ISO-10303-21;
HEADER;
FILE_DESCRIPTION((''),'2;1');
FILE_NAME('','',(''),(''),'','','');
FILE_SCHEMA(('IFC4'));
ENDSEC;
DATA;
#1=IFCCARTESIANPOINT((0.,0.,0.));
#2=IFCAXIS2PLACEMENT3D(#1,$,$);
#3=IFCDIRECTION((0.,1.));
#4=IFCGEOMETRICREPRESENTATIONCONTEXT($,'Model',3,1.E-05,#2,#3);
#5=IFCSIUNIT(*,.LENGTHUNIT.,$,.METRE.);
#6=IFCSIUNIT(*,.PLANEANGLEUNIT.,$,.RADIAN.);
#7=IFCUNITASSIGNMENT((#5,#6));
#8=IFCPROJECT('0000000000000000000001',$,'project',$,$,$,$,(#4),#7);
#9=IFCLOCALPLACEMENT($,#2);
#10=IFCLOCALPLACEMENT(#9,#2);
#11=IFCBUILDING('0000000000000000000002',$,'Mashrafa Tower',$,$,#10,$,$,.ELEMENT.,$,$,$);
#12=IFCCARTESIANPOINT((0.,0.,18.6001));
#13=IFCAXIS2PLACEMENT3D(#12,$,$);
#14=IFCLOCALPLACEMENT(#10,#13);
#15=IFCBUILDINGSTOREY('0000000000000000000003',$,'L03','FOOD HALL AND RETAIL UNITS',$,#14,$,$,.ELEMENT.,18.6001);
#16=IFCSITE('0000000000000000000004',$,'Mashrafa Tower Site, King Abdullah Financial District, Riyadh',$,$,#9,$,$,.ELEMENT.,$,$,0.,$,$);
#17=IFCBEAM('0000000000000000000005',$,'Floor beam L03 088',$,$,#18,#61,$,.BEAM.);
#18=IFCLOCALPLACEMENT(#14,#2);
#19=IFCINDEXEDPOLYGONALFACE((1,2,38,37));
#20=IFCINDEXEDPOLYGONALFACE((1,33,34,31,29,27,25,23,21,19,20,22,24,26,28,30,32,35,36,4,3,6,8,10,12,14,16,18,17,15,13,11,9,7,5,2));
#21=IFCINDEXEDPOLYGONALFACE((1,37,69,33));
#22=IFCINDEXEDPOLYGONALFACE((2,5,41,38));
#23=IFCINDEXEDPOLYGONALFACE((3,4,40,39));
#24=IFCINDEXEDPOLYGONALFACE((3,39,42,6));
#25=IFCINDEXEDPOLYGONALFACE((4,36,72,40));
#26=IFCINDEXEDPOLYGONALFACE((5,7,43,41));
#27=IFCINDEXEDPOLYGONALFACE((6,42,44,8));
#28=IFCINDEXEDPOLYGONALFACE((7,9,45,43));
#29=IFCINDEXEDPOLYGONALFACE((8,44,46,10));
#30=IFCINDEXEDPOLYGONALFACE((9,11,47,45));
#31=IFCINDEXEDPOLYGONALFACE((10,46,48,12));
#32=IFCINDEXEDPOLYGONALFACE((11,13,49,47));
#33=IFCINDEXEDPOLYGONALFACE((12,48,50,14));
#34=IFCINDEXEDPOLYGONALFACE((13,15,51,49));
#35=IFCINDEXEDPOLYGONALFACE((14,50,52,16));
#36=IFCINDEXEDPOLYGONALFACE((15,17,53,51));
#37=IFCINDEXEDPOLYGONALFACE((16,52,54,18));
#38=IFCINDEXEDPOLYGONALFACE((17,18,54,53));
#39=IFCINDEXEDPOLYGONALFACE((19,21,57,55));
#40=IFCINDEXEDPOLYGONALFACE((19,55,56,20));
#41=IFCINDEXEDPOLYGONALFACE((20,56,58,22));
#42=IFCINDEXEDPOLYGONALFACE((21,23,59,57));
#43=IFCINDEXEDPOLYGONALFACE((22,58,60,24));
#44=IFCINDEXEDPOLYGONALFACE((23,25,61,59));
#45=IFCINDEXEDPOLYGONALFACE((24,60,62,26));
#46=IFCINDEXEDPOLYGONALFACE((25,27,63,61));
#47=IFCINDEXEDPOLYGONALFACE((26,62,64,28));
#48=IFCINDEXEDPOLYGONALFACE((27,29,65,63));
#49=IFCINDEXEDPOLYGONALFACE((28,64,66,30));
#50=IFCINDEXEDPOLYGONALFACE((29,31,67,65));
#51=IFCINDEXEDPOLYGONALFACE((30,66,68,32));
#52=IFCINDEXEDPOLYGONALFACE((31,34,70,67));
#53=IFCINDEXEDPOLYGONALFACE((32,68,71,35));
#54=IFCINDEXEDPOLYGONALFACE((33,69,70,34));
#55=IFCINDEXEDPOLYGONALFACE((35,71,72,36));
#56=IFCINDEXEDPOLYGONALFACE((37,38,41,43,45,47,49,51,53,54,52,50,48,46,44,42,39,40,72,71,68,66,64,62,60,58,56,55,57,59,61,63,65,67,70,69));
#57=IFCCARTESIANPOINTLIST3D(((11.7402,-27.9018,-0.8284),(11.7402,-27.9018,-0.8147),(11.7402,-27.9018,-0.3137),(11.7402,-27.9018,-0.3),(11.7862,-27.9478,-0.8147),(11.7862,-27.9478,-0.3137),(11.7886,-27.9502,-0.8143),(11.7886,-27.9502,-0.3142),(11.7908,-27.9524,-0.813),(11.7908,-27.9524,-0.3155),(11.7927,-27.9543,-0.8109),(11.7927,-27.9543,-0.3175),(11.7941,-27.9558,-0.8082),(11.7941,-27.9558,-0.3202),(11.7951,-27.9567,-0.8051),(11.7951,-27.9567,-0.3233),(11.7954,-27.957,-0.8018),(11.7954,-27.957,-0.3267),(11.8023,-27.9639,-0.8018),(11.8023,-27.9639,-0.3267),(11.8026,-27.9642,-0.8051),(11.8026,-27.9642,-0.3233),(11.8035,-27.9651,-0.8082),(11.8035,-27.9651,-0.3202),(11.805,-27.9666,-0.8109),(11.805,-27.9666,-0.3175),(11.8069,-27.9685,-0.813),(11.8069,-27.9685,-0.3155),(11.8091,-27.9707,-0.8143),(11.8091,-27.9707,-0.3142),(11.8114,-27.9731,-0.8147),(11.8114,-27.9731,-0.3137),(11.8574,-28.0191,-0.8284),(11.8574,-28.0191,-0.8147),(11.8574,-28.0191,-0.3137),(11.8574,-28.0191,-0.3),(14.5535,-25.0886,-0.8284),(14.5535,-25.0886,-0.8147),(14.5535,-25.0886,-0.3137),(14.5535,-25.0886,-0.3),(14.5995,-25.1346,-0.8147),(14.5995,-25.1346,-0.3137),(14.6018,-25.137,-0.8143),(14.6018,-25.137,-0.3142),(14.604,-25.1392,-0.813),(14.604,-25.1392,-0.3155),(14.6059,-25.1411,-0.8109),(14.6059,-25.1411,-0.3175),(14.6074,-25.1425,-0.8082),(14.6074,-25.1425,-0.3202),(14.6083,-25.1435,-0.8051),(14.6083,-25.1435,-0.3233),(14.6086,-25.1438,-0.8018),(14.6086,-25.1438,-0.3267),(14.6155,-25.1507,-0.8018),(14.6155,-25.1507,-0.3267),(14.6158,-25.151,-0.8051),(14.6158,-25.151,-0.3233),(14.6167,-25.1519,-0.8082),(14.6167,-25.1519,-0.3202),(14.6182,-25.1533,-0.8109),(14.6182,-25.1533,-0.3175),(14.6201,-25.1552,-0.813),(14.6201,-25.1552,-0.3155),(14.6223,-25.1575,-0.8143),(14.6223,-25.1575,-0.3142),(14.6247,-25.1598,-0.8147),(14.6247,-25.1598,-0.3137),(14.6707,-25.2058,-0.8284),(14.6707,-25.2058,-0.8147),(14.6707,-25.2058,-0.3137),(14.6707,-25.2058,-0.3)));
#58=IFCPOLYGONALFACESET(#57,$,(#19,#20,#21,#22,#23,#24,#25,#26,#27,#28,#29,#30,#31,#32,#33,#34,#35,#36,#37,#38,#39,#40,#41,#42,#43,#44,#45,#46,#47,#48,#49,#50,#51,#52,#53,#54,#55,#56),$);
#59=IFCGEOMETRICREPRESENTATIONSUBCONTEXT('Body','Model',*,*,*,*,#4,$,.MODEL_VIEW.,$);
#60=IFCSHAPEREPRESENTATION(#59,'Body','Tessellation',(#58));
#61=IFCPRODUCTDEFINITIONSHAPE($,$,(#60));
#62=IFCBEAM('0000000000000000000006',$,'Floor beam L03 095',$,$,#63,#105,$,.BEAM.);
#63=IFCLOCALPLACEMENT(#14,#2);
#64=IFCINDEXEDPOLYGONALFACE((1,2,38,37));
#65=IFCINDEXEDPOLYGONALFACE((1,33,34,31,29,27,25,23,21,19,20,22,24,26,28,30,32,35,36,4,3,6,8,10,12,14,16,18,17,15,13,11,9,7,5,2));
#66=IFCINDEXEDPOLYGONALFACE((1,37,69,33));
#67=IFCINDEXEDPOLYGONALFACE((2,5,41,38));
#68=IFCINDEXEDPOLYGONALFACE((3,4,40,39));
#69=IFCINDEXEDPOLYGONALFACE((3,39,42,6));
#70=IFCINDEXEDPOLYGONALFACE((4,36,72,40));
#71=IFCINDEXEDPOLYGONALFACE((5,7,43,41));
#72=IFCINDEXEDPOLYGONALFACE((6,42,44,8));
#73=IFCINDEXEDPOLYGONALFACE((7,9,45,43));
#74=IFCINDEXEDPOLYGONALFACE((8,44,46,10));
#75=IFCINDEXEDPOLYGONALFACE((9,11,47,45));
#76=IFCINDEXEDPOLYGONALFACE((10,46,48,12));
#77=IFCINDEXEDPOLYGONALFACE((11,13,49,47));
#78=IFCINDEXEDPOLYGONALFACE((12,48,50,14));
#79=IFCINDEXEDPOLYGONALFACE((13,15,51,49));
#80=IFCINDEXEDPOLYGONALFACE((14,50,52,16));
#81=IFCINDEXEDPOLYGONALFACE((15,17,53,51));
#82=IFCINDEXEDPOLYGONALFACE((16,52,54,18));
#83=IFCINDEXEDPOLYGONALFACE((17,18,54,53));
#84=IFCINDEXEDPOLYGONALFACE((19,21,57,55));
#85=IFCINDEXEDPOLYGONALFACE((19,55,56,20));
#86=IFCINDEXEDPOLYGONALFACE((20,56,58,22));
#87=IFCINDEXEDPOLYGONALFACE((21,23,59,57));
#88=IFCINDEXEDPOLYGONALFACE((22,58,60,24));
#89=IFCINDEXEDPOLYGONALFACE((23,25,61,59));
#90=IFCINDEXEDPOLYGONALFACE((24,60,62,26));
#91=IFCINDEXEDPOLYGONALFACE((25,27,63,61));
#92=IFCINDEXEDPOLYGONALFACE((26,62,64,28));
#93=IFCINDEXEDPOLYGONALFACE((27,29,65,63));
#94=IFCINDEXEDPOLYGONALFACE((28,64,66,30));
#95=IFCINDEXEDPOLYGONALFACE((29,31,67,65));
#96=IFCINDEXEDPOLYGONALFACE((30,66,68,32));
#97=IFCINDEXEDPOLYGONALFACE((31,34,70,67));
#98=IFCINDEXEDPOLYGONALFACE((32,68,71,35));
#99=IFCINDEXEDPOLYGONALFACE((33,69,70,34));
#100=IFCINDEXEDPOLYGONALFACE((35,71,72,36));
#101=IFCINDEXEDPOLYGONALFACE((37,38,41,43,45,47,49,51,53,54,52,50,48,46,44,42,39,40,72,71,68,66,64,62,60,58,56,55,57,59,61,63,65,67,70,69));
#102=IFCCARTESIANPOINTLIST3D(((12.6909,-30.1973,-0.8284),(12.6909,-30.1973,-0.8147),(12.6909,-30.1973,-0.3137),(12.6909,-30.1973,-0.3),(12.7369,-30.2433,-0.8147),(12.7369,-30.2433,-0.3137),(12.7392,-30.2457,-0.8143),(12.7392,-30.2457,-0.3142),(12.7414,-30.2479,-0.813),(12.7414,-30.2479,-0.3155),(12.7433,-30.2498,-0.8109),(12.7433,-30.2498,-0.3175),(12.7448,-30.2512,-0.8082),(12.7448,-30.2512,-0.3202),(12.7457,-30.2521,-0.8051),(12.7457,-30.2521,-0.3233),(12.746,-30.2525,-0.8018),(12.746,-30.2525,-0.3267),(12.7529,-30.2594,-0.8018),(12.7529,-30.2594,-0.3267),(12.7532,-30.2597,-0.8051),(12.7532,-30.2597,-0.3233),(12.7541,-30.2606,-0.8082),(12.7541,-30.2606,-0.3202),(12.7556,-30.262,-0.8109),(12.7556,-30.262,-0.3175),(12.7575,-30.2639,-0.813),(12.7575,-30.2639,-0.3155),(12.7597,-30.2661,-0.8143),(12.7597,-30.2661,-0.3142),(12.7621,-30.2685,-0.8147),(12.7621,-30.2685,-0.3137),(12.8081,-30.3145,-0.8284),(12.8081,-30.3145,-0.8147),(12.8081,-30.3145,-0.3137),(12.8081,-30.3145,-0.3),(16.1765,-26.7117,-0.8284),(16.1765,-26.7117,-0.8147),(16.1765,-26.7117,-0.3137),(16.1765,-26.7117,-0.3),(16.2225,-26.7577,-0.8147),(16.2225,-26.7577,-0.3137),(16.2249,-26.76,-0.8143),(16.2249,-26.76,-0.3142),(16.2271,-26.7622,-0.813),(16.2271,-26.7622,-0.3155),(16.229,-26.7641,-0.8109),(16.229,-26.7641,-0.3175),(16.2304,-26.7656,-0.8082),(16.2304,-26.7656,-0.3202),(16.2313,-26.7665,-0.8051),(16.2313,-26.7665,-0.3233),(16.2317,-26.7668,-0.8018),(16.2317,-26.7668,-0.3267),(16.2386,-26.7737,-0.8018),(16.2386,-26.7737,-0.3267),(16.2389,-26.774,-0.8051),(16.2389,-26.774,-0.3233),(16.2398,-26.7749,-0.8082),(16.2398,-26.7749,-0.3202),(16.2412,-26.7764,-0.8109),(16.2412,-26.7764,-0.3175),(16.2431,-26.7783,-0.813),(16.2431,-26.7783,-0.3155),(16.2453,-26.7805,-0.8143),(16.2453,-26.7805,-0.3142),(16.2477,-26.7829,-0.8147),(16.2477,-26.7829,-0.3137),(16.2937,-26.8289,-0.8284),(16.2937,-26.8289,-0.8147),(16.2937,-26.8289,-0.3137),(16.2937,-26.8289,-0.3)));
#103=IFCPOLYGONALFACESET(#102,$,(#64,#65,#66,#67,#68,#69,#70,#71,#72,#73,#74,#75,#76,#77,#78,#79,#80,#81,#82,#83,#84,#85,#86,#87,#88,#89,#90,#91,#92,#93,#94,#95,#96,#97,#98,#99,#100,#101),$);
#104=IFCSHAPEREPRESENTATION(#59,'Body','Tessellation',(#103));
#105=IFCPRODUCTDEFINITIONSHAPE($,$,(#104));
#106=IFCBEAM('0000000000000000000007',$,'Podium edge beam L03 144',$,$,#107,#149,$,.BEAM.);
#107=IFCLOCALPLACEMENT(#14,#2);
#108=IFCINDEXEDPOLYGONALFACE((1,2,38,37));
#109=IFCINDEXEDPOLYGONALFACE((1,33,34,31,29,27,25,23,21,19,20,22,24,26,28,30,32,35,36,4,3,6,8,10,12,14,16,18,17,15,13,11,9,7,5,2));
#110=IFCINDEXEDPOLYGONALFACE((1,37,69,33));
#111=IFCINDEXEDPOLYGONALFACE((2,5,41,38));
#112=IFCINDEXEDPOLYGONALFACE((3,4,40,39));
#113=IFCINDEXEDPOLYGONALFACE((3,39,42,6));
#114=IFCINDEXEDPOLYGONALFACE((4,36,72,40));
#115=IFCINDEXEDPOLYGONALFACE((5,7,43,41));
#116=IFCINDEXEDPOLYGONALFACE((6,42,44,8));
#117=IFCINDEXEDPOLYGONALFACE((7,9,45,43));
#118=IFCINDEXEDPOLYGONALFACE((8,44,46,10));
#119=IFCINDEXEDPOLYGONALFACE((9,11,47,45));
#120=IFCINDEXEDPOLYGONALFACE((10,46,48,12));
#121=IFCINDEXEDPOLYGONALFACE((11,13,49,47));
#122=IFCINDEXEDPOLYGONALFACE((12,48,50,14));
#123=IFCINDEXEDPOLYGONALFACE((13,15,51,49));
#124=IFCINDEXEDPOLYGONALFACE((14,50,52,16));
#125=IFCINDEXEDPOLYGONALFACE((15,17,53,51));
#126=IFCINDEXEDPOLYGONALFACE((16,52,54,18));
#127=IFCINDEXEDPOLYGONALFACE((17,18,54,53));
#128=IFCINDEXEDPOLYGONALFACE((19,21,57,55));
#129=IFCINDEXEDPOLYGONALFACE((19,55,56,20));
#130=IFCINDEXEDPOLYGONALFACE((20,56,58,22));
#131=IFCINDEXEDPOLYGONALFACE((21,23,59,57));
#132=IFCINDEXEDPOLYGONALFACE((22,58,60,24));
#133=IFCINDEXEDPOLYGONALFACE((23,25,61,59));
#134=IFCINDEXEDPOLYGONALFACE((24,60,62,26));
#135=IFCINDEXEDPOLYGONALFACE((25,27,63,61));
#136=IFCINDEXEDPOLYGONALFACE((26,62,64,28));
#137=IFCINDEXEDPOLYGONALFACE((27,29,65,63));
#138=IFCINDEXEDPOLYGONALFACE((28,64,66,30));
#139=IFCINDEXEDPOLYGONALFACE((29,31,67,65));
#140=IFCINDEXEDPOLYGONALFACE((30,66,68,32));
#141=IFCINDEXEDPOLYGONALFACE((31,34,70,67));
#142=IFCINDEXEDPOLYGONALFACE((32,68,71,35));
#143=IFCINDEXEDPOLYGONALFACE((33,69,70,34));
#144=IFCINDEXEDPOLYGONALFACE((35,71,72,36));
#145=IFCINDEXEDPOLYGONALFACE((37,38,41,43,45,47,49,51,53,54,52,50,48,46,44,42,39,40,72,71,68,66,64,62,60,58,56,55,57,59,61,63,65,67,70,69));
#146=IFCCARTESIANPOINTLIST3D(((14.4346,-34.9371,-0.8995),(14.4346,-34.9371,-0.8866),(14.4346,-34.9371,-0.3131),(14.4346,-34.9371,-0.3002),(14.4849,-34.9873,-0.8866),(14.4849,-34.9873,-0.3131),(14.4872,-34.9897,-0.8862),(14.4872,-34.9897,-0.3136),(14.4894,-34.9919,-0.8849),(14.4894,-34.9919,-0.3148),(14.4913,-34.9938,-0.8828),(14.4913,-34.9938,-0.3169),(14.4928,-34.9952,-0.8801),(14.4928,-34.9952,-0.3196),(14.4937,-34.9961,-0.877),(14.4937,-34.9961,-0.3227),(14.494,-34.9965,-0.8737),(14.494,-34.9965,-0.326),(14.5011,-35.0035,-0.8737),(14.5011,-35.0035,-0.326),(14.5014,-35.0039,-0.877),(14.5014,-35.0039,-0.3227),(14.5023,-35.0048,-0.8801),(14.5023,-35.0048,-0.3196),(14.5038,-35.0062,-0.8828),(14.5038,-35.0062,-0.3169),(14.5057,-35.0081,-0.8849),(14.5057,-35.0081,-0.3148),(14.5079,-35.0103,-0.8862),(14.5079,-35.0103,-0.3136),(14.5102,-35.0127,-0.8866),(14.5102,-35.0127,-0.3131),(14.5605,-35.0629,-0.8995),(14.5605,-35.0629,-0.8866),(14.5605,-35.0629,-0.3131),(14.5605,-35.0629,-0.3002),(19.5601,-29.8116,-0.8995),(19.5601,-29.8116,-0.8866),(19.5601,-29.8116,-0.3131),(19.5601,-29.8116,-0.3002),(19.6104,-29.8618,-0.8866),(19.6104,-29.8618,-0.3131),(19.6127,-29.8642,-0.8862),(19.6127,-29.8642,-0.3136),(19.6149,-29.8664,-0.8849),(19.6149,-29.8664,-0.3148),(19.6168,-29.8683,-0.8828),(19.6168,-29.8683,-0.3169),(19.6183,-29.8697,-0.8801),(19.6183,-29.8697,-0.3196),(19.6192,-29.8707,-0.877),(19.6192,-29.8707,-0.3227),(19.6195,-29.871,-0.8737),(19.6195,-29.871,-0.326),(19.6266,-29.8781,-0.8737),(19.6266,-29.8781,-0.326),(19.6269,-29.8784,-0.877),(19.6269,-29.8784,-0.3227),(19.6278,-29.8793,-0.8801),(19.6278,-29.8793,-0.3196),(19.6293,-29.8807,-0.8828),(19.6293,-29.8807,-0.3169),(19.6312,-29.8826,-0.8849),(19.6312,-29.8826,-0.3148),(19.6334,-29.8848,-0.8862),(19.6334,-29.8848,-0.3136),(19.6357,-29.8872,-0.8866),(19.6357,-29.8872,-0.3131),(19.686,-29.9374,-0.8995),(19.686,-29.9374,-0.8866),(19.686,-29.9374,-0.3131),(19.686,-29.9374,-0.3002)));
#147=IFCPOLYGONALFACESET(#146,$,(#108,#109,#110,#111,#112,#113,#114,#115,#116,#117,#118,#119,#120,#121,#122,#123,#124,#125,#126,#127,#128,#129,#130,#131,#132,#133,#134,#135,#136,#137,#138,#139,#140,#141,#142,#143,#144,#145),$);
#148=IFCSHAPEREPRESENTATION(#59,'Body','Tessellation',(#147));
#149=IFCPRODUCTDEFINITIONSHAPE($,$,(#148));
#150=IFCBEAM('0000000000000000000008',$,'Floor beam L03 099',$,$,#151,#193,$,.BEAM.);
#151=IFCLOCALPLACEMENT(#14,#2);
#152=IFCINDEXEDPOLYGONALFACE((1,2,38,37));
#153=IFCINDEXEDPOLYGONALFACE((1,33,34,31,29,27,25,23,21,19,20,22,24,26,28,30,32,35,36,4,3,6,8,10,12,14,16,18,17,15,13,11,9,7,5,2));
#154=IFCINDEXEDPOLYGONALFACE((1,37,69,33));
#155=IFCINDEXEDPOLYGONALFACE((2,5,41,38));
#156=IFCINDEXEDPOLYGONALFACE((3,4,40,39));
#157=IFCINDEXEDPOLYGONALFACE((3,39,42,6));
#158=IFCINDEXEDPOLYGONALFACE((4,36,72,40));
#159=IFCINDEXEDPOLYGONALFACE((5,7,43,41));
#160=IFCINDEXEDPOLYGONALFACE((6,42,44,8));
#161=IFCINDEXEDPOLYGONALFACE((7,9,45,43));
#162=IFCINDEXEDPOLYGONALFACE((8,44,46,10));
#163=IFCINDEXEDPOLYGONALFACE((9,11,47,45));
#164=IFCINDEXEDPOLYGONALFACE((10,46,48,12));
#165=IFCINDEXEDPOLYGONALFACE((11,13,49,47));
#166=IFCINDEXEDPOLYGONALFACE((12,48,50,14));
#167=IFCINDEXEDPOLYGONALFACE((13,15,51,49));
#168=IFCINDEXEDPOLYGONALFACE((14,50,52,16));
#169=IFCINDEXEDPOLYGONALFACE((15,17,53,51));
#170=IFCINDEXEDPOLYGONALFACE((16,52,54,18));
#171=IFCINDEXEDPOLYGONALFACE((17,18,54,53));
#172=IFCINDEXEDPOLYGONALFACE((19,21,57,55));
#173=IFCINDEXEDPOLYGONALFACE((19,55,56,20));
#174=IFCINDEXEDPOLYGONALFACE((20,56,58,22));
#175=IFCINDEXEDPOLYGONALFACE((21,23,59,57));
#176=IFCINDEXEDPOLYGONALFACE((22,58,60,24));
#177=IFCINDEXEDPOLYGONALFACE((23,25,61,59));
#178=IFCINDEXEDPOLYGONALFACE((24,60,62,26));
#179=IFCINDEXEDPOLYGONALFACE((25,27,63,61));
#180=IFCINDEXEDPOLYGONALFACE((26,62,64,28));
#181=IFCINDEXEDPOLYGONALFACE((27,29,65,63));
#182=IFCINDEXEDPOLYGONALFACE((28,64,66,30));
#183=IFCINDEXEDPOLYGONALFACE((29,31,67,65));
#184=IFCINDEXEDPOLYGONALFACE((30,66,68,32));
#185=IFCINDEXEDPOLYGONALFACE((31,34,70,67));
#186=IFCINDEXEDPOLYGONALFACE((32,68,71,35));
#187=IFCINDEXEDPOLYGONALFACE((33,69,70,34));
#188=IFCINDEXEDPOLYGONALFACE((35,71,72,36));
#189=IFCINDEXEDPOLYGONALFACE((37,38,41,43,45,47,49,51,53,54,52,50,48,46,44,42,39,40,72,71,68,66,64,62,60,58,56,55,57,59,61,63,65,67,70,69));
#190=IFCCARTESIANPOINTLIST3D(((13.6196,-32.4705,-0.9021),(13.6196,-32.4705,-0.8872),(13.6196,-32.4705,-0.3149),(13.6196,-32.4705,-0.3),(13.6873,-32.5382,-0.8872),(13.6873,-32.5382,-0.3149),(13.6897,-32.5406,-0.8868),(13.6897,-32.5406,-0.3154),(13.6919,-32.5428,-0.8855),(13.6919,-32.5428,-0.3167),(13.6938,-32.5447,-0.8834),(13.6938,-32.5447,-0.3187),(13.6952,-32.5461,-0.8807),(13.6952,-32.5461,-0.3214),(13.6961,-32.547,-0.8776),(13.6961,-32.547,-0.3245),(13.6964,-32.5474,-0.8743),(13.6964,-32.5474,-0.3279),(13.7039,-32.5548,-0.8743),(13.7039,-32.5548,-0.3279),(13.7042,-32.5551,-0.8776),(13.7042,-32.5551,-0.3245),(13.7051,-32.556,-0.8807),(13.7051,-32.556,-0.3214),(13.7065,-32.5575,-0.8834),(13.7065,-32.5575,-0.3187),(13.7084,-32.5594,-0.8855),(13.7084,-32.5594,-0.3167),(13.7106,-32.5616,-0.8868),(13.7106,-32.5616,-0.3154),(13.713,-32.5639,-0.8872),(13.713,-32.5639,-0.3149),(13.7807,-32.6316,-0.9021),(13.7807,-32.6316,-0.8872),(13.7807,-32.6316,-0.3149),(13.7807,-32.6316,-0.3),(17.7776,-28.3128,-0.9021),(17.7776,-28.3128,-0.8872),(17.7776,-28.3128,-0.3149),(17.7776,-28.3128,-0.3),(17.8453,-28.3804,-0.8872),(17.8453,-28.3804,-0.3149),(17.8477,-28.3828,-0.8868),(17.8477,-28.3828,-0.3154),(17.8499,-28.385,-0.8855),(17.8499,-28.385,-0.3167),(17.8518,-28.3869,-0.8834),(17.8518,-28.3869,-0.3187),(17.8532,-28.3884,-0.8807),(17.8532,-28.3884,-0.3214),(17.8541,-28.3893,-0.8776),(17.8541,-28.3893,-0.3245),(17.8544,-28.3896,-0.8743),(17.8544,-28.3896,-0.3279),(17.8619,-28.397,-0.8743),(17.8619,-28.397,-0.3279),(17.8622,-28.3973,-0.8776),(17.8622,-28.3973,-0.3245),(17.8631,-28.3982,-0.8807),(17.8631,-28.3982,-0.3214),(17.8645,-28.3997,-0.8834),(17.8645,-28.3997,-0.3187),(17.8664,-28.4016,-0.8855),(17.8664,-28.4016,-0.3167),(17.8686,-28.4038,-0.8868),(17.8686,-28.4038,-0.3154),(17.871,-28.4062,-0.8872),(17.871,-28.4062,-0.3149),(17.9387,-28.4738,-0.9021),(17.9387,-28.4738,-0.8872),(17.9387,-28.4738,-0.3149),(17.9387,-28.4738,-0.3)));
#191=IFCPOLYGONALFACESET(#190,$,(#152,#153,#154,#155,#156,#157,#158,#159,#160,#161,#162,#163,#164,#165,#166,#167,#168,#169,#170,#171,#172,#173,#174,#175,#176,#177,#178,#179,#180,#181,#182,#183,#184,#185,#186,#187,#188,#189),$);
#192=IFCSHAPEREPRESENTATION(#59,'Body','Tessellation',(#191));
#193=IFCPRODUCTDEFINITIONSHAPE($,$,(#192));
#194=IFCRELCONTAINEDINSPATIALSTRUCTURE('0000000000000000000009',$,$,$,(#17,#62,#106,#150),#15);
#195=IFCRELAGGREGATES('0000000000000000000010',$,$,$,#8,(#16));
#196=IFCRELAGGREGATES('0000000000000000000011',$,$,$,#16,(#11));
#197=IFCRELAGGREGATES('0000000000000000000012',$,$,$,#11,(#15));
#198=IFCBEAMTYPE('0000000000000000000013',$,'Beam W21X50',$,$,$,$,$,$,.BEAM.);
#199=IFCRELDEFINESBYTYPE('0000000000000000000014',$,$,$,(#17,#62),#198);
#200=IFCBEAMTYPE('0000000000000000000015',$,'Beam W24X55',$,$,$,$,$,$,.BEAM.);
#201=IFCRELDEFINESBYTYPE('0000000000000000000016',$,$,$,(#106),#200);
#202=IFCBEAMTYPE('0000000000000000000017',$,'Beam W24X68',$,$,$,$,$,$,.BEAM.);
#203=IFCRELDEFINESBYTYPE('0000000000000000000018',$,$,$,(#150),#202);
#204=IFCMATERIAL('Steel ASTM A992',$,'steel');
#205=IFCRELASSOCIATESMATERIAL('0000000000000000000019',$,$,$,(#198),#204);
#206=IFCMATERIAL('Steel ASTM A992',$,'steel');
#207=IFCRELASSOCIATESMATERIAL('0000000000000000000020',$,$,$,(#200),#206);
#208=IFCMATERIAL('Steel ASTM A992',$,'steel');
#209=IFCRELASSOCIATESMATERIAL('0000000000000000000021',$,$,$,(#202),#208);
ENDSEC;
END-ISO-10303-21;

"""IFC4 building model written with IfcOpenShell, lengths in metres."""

from ifc_helpers import new_model, si_unit, direction, frame, origin, origin_2d, place, context, subcontext, project, spatial, i_section, extrude, material, material_profile, profile_set, type_object, element, save


model = new_model("IFC4")

# Units and contexts
model_context = context("Model", 3, precision=1e-05, world=origin(), true_north=direction((0.0, 1.0)))
body_context = subcontext(model_context, "Body", "Model", "MODEL_VIEW")
ifc_project = project(units=[si_unit("LENGTHUNIT", "METRE"), si_unit("PLANEANGLEUNIT", "RADIAN")], contexts=[model_context])

# Site, building, storey
site_placement = place(None, origin())
site = spatial("IfcSite", under=ifc_project, at=site_placement, Name="Mashrafa Tower Site, King Abdullah Financial District, Riyadh", CompositionType="ELEMENT", RefElevation=0.0)
building_placement = place(site_placement, origin())
building = spatial("IfcBuilding", under=site, at=building_placement, Name="Mashrafa Tower", CompositionType="ELEMENT")
storey_placement = place(building_placement, frame((0.0, 0.0, 18.6001)))
storey = spatial("IfcBuildingStorey", under=building, at=storey_placement, Name="L03", Description="FOOD HALL AND RETAIL UNITS", CompositionType="ELEMENT", Elevation=18.6001)

# Beams
ifc_material_1 = material(Name="Steel ASTM A992", Category="steel")
ifc_material_profile_1 = material_profile(ifc_material_1, i_section(OverallWidth=0.1658, OverallDepth=0.5283, WebThickness=0.0098, FlangeThickness=0.0137, FilletRadius=0.0129, at=origin_2d()), Name="W21X50")
ifc_profile_set_1 = profile_set([ifc_material_profile_1], Name="Steel ASTM A992")
beam_type_1 = type_object("IfcBeamType", Name="Beam W21X50", PredefinedType="BEAM", material=ifc_profile_set_1)
beam_1_placement = place(storey_placement, frame((14.6121, -25.1472, -0.5642), z_axis=(-0.707107, -0.707107, 0.0), x_axis=(0.707107, -0.707107, 0.0)))
element("IfcBeam", 1, at=beam_1_placement, inside=storey, type_object=beam_type_1, Name="Floor beam L03 088", PredefinedType="BEAM", context=body_context, shape_type="SweptSolid", body=[
    extrude(i_section(OverallWidth=0.1658, OverallDepth=0.5283, WebThickness=0.0098, FlangeThickness=0.0137, FilletRadius=0.0129, at=origin_2d()), origin(), (0.0, 0.0, 1.0), 3.9785),
])
beam_2_placement = place(storey_placement, frame((16.2351, -26.7703, -0.5642), z_axis=(-0.707107, -0.707107, 0.0), x_axis=(0.707107, -0.707107, 0.0)))
element("IfcBeam", 2, at=beam_2_placement, inside=storey, type_object=beam_type_1, Name="Floor beam L03 095", PredefinedType="BEAM", context=body_context, shape_type="SweptSolid", body=[
    extrude(i_section(OverallWidth=0.1658, OverallDepth=0.5283, WebThickness=0.0098, FlangeThickness=0.0137, FilletRadius=0.0129, at=origin_2d()), origin(), (0.0, 0.0, 1.0), 4.9294),
])
ifc_material_2 = material(Name="Steel ASTM A992", Category="steel")
ifc_material_profile_2 = material_profile(ifc_material_2, i_section(OverallWidth=0.178, OverallDepth=0.5994, WebThickness=0.01, FlangeThickness=0.0129, FilletRadius=0.0129, at=origin_2d()), Name="W24X55")
ifc_profile_set_2 = profile_set([ifc_material_profile_2], Name="Steel ASTM A992")
beam_type_2 = type_object("IfcBeamType", Name="Beam W24X55", PredefinedType="BEAM", material=ifc_profile_set_2)
beam_3_placement = place(storey_placement, frame((14.4976, -35.0, -0.5999), z_axis=(0.707107, 0.707107, 0.0), x_axis=(-0.707107, 0.707107, 0.0)))
element("IfcBeam", 3, at=beam_3_placement, inside=storey, type_object=beam_type_2, Name="Podium edge beam L03 144", PredefinedType="BEAM", context=body_context, shape_type="SweptSolid", body=[
    extrude(i_section(OverallWidth=0.178, OverallDepth=0.5994, WebThickness=0.01, FlangeThickness=0.0129, FilletRadius=0.0129, at=origin_2d()), origin(), (0.0, 0.0, 1.0), 7.2485),
])
ifc_material_3 = material(Name="Steel ASTM A992", Category="steel")
ifc_material_profile_3 = material_profile(ifc_material_3, i_section(OverallWidth=0.2278, OverallDepth=0.6021, WebThickness=0.0105, FlangeThickness=0.0149, FilletRadius=0.0129, at=origin_2d()), Name="W24X68")
ifc_profile_set_3 = profile_set([ifc_material_profile_3], Name="Steel ASTM A992")
beam_type_3 = type_object("IfcBeamType", Name="Beam W24X68", PredefinedType="BEAM", material=ifc_profile_set_3)
beam_4_placement = place(storey_placement, frame((17.8582, -28.3933, -0.6011), z_axis=(-0.707128, -0.707086, 0.0), x_axis=(0.707086, -0.707128, 0.0)))
element("IfcBeam", 4, at=beam_4_placement, inside=storey, type_object=beam_type_3, Name="Floor beam L03 099", PredefinedType="BEAM", context=body_context, shape_type="SweptSolid", body=[
    extrude(i_section(OverallWidth=0.2278, OverallDepth=0.6021, WebThickness=0.0105, FlangeThickness=0.0149, FilletRadius=0.0129, at=origin_2d()), origin(), (0.0, 0.0, 1.0), 5.8801),
])

save(model, "model.ifc")
